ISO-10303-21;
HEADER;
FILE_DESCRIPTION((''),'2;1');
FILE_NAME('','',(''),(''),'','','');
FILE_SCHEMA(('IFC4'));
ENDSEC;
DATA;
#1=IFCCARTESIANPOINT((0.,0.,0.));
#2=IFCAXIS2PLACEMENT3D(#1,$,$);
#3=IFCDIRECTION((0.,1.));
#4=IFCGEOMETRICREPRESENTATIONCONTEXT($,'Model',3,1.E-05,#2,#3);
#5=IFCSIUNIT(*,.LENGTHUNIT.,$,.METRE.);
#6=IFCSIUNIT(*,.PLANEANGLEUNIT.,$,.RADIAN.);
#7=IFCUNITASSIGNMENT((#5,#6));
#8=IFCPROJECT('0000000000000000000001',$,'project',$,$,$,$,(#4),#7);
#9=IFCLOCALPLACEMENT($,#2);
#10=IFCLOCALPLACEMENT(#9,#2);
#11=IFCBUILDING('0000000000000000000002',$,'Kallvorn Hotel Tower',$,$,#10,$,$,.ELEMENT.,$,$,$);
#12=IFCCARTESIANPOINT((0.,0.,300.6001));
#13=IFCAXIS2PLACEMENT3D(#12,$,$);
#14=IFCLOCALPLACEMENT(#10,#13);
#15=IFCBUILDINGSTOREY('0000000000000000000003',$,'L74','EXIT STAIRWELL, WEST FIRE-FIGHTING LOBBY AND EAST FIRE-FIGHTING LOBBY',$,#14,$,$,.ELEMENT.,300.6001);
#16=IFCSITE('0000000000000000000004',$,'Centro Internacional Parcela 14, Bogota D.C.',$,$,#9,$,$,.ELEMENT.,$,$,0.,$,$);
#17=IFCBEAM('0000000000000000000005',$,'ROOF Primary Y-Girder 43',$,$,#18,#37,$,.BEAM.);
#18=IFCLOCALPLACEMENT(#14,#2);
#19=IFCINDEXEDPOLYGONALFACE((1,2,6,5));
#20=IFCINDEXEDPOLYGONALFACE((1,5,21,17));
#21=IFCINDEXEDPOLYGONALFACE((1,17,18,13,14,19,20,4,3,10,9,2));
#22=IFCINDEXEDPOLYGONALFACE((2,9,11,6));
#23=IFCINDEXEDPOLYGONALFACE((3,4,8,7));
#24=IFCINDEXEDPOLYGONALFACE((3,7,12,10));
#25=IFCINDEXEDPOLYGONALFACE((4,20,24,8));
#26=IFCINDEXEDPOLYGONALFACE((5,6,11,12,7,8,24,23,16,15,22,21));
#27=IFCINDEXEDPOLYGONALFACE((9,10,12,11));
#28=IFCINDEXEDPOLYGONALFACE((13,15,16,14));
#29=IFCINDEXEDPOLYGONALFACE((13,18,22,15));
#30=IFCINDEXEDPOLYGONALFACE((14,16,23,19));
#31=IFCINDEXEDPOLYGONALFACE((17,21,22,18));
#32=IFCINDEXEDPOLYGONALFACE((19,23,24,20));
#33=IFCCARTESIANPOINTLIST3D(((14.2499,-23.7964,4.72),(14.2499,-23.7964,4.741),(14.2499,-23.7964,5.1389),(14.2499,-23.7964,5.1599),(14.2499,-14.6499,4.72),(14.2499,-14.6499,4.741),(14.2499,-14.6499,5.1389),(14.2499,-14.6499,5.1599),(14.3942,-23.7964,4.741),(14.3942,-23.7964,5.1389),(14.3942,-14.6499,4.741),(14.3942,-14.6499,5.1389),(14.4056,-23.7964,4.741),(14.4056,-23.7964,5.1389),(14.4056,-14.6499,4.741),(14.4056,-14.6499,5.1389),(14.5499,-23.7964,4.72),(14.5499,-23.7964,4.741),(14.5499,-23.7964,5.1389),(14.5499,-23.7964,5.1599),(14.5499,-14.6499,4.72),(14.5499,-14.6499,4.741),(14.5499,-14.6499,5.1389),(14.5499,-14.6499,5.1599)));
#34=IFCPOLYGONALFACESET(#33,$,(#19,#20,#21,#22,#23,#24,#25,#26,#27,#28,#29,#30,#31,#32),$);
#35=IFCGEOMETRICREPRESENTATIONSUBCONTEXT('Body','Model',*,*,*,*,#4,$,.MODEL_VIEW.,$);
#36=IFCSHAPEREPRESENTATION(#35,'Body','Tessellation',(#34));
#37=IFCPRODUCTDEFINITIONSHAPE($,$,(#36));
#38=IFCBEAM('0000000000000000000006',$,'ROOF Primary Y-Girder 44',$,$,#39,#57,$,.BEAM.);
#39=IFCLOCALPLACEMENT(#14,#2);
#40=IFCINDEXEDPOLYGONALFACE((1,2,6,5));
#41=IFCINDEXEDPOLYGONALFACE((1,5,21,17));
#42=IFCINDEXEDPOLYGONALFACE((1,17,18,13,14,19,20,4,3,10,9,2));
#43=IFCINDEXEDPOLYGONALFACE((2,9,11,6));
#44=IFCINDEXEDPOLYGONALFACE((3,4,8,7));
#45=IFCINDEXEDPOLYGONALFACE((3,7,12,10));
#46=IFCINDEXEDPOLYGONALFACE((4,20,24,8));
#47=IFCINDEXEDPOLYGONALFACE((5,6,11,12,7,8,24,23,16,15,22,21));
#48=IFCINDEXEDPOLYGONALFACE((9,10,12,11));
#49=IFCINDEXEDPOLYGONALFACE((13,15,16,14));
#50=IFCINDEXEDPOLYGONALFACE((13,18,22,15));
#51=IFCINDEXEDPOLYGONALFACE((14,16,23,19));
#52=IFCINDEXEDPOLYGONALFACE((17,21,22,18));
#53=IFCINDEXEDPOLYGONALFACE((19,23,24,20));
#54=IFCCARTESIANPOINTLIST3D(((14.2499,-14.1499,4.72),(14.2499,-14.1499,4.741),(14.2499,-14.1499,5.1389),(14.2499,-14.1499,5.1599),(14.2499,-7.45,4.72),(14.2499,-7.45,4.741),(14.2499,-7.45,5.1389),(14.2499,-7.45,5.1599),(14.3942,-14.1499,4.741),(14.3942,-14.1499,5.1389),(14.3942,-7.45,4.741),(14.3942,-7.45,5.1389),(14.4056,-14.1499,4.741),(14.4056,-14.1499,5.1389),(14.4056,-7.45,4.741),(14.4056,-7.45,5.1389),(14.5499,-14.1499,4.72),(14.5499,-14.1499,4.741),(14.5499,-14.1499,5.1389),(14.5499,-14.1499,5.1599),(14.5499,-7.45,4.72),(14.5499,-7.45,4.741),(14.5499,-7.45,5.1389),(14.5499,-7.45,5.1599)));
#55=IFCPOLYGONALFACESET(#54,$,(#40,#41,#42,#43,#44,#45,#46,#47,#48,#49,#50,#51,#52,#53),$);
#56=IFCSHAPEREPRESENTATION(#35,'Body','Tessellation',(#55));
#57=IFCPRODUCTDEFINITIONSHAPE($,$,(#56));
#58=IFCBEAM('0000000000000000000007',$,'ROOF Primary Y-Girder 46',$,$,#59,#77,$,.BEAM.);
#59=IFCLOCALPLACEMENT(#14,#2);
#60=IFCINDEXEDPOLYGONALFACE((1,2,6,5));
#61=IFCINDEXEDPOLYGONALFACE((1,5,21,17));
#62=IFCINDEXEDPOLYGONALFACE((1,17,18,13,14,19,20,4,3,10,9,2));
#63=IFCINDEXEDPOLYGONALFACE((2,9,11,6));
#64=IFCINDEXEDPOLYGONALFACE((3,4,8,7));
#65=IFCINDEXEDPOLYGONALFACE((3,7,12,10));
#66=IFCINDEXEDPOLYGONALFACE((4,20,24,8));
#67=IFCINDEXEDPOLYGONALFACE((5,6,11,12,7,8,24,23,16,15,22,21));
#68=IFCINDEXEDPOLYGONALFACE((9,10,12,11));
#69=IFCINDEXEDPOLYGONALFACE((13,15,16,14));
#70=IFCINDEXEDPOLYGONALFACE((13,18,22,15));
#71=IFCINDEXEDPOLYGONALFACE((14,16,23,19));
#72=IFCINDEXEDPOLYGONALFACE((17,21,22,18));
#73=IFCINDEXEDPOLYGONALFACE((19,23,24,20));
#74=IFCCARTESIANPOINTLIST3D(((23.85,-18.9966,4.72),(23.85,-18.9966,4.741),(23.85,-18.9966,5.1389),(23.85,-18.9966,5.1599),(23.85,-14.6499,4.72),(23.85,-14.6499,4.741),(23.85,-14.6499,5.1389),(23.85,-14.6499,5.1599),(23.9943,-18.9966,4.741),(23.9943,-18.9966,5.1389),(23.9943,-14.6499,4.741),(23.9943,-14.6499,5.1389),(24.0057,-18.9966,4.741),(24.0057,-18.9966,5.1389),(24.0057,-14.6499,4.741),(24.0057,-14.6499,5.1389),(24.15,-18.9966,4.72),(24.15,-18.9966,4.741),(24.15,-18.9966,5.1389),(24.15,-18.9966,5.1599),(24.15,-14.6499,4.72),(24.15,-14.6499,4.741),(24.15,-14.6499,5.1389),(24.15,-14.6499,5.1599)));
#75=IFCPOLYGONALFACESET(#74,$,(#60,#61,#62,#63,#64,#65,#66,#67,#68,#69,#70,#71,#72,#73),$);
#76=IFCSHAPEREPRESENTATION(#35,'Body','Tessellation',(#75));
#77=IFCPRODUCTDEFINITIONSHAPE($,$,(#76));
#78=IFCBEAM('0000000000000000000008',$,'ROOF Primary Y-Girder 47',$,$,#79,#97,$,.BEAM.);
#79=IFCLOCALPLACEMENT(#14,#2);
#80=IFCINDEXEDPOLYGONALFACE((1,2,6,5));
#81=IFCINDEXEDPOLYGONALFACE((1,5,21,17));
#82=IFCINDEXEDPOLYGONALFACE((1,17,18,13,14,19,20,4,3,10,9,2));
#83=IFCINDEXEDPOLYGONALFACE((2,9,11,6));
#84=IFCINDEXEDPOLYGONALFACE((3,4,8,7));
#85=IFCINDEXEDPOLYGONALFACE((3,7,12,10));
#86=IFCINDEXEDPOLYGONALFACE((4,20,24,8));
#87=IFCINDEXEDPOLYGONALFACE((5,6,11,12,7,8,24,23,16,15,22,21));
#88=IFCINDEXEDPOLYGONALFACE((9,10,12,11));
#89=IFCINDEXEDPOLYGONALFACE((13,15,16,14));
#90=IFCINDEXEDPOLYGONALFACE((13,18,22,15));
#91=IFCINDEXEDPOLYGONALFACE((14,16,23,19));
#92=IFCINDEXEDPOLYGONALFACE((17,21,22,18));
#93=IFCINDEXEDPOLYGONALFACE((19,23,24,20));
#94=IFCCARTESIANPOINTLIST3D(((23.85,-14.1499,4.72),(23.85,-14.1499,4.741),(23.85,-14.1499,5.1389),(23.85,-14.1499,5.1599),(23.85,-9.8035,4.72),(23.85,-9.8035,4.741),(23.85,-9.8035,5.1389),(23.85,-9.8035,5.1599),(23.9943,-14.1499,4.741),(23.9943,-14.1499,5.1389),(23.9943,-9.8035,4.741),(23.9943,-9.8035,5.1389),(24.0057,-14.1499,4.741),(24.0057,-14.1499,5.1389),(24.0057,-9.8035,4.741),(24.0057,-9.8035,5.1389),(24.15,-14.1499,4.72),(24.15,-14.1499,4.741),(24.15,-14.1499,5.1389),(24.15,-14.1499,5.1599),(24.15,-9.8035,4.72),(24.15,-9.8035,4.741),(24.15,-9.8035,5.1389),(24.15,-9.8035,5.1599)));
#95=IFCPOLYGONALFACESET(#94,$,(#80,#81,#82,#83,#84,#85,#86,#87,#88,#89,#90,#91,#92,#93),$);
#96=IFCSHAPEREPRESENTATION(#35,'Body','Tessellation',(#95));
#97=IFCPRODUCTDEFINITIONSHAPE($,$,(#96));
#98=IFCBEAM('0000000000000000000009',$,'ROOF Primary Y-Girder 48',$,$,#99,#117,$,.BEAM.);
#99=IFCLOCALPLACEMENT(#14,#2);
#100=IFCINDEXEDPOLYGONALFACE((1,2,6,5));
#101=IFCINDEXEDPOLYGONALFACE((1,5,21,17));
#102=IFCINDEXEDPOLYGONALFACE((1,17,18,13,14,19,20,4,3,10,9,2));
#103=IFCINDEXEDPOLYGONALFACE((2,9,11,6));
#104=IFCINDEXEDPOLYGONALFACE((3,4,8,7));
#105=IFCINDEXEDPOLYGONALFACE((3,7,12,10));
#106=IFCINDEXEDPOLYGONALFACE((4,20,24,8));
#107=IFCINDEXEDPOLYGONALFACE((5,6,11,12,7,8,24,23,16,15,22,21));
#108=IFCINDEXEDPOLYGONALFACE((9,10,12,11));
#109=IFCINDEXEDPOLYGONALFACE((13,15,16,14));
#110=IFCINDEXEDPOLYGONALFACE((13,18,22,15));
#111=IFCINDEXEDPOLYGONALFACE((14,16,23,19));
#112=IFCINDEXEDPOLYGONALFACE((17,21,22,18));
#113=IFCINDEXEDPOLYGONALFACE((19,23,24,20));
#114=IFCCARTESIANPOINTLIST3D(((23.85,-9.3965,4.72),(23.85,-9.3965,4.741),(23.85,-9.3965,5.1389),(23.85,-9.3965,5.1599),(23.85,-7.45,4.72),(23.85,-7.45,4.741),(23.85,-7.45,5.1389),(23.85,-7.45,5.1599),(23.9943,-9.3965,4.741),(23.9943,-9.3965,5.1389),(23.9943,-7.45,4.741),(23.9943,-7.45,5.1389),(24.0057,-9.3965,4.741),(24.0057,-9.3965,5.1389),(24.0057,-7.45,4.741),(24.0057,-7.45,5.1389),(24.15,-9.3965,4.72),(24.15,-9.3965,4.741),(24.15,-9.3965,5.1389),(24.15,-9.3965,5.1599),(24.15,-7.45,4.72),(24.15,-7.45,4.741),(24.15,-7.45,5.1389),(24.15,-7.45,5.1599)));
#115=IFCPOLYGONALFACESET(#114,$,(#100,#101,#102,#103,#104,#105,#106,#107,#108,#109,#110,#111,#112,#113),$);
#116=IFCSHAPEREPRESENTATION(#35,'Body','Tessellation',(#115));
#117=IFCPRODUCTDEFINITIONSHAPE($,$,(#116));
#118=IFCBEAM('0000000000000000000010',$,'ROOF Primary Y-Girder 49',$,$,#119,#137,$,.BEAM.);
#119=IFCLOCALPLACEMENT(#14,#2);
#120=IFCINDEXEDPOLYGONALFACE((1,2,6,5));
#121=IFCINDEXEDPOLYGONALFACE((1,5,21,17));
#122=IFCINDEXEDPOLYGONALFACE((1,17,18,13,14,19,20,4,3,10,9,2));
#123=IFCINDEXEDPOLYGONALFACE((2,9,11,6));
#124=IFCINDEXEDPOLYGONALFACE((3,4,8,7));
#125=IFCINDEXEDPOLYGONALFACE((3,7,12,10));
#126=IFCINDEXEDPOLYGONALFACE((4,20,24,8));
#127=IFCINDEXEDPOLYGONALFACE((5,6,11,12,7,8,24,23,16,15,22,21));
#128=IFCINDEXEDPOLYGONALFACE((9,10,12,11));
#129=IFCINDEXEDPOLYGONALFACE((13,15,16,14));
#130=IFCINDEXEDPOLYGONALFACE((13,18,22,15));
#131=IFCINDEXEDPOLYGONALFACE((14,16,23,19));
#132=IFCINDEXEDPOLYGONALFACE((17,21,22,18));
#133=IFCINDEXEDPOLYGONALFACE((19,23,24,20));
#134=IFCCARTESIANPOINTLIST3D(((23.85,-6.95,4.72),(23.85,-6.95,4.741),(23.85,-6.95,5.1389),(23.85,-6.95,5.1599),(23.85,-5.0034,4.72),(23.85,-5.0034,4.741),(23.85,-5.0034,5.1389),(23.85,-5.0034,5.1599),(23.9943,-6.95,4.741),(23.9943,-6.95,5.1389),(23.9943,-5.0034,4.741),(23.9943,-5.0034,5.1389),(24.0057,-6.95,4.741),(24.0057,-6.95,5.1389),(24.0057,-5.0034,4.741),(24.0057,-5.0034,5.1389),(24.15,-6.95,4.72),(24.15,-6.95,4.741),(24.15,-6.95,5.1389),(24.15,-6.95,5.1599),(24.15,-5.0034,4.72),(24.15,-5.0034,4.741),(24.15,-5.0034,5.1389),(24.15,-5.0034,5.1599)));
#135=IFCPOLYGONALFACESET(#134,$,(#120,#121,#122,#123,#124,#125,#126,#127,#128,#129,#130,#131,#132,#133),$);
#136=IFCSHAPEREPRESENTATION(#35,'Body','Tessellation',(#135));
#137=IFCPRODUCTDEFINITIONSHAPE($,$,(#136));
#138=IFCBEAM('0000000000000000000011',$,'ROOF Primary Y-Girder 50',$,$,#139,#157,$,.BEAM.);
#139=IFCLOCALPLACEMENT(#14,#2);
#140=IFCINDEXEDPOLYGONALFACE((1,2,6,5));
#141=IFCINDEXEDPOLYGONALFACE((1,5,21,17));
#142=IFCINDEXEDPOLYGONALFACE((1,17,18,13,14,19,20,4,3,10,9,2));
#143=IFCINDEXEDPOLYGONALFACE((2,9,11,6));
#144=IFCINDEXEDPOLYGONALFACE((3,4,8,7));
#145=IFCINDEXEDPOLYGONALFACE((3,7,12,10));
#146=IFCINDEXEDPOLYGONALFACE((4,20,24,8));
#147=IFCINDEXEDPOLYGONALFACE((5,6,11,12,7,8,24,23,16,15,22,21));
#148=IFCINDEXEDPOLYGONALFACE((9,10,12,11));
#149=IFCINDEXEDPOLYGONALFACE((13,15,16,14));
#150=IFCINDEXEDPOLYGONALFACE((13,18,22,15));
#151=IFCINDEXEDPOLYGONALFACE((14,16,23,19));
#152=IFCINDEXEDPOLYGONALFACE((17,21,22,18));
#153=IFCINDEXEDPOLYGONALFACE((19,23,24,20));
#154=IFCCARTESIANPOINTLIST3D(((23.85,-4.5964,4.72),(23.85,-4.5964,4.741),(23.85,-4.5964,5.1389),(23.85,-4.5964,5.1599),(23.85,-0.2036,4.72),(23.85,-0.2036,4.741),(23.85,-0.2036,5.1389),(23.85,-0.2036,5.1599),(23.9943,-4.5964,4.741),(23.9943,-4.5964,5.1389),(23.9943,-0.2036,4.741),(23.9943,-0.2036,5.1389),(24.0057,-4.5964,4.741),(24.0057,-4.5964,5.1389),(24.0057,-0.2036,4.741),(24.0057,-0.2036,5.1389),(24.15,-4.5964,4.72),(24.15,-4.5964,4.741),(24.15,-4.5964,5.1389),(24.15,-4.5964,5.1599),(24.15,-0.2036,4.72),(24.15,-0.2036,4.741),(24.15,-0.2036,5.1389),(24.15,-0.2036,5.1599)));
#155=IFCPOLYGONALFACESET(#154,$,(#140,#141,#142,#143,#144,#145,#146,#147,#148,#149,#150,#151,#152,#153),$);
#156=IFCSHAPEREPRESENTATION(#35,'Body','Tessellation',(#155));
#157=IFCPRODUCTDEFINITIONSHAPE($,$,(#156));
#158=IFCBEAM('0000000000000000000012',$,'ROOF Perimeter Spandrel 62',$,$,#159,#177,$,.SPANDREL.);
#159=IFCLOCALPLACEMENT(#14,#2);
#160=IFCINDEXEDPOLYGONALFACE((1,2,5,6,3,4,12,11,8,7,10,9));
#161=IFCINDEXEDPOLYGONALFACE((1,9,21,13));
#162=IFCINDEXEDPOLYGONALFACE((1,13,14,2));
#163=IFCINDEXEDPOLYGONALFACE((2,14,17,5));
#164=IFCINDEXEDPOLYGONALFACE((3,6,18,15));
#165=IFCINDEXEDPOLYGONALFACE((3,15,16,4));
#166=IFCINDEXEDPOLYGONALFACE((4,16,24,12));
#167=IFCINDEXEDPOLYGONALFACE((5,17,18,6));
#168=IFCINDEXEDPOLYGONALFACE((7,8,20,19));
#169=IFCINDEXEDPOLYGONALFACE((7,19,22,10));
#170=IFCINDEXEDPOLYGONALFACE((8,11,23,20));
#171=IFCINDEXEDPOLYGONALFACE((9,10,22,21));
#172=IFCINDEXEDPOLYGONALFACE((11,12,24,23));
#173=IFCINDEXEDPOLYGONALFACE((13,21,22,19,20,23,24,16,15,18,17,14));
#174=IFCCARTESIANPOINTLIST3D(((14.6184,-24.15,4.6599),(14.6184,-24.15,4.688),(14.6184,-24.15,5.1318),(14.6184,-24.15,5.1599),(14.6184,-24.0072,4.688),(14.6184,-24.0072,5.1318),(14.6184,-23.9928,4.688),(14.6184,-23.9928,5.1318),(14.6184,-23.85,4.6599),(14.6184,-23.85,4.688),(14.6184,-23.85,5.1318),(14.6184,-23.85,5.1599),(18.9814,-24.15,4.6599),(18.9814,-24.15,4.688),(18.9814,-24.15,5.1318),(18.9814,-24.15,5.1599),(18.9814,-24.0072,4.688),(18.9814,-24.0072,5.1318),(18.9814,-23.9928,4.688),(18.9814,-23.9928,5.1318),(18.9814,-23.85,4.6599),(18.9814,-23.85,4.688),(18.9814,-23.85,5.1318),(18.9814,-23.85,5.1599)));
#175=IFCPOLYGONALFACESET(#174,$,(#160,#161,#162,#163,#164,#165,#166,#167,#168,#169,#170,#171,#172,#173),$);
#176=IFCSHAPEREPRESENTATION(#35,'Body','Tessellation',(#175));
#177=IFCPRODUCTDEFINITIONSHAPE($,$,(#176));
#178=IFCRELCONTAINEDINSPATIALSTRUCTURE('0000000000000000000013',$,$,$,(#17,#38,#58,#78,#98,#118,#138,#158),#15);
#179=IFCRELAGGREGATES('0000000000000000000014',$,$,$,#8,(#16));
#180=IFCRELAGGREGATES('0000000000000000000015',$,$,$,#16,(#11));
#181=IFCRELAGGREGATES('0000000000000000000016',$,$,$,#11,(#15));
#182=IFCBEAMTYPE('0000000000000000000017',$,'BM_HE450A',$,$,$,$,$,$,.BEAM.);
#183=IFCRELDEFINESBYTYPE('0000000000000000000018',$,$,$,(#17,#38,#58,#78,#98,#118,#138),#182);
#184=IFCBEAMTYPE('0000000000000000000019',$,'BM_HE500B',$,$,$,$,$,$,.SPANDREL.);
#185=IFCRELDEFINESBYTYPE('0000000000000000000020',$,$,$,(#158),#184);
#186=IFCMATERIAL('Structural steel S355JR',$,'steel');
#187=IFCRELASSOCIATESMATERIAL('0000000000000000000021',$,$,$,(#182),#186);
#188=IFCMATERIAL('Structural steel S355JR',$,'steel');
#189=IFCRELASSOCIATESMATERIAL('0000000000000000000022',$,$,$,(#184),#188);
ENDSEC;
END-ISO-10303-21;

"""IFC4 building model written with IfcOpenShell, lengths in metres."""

from ifc_helpers import new_model, si_unit, direction, frame, origin, origin_2d, place, context, subcontext, project, spatial, i_section, extrude, material, material_profile, profile_set, type_object, element, save


model = new_model("IFC4")

# Units and contexts
model_context = context("Model", 3, precision=1e-05, world=origin(), true_north=direction((0.0, 1.0)))
body_context = subcontext(model_context, "Body", "Model", "MODEL_VIEW")
ifc_project = project(units=[si_unit("LENGTHUNIT", "METRE"), si_unit("PLANEANGLEUNIT", "RADIAN")], contexts=[model_context])

# Site, building, storey
site_placement = place(None, origin())
site = spatial("IfcSite", under=ifc_project, at=site_placement, Name="Centro Internacional Parcela 14, Bogota D.C.", CompositionType="ELEMENT", RefElevation=0.0)
building_placement = place(site_placement, origin())
building = spatial("IfcBuilding", under=site, at=building_placement, Name="Kallvorn Hotel Tower", CompositionType="ELEMENT")
storey_placement = place(building_placement, frame((0.0, 0.0, 300.6001)))
storey = spatial("IfcBuildingStorey", under=building, at=storey_placement, Name="L74", Description="EXIT STAIRWELL, WEST FIRE-FIGHTING LOBBY AND EAST FIRE-FIGHTING LOBBY", CompositionType="ELEMENT", Elevation=300.6001)

# Beams
ifc_material_1 = material(Name="Structural steel S355JR", Category="steel")
ifc_material_profile_1 = material_profile(ifc_material_1, i_section(OverallWidth=0.3, OverallDepth=0.4399, WebThickness=0.0115, FlangeThickness=0.021, at=origin_2d()), Name="HE 450 A")
ifc_profile_set_1 = profile_set([ifc_material_profile_1], Name="Structural steel S355JR")
beam_type_1 = type_object("IfcBeamType", Name="BM_HE450A", PredefinedType="BEAM", material=ifc_profile_set_1)
beam_1_placement = place(storey_placement, frame((14.3999, -23.7964, 4.9399), z_axis=(0.0, 1.0, 0.0), x_axis=(-1.0, 0.0, 0.0)))
element("IfcBeam", 1, at=beam_1_placement, inside=storey, type_object=beam_type_1, Name="ROOF Primary Y-Girder 43", PredefinedType="BEAM", context=body_context, shape_type="SweptSolid", body=[
    extrude(i_section(OverallWidth=0.3, OverallDepth=0.4399, WebThickness=0.0115, FlangeThickness=0.021, at=origin_2d()), origin(), (0.0, 0.0, 1.0), 9.1465),
])
beam_2_placement = place(storey_placement, frame((14.3999, -14.1499, 4.9399), z_axis=(0.0, 1.0, 0.0), x_axis=(-1.0, 0.0, 0.0)))
element("IfcBeam", 2, at=beam_2_placement, inside=storey, type_object=beam_type_1, Name="ROOF Primary Y-Girder 44", PredefinedType="BEAM", context=body_context, shape_type="SweptSolid", body=[
    extrude(i_section(OverallWidth=0.3, OverallDepth=0.4399, WebThickness=0.0115, FlangeThickness=0.021, at=origin_2d()), origin(), (0.0, 0.0, 1.0), 6.7),
])
beam_3_placement = place(storey_placement, frame((24.0, -18.9966, 4.9399), z_axis=(0.0, 1.0, 0.0), x_axis=(-1.0, 0.0, 0.0)))
element("IfcBeam", 3, at=beam_3_placement, inside=storey, type_object=beam_type_1, Name="ROOF Primary Y-Girder 46", PredefinedType="BEAM", context=body_context, shape_type="SweptSolid", body=[
    extrude(i_section(OverallWidth=0.3, OverallDepth=0.4399, WebThickness=0.0115, FlangeThickness=0.021, at=origin_2d()), origin(), (0.0, 0.0, 1.0), 4.3467),
])
beam_4_placement = place(storey_placement, frame((24.0, -14.1499, 4.9399), z_axis=(0.0, 1.0, 0.0), x_axis=(-1.0, 0.0, 0.0)))
element("IfcBeam", 4, at=beam_4_placement, inside=storey, type_object=beam_type_1, Name="ROOF Primary Y-Girder 47", PredefinedType="BEAM", context=body_context, shape_type="SweptSolid", body=[
    extrude(i_section(OverallWidth=0.3, OverallDepth=0.4399, WebThickness=0.0115, FlangeThickness=0.021, at=origin_2d()), origin(), (0.0, 0.0, 1.0), 4.3464),
])
for number, where, z_axis, x_axis, name in (
    (5, (24.0, -9.3965, 4.9399), (0.0, 1.0, 0.0), (-1.0, 0.0, 0.0), "ROOF Primary Y-Girder 48"),
    (6, (24.0, -6.95, 4.9399), (0.0, 1.0, 0.0), (-1.0, 0.0, 0.0), "ROOF Primary Y-Girder 49"),
):
    element("IfcBeam", number, at=place(storey_placement, frame(where, z_axis=z_axis, x_axis=x_axis)), inside=storey, type_object=beam_type_1, Name=name, PredefinedType="BEAM", context=body_context, shape_type="SweptSolid", body=[
        extrude(i_section(OverallWidth=0.3, OverallDepth=0.4399, WebThickness=0.0115, FlangeThickness=0.021, at=origin_2d()), origin(), (0.0, 0.0, 1.0), 1.9465),
    ])
beam_5_placement = place(storey_placement, frame((24.0, -4.5964, 4.9399), z_axis=(0.0, 1.0, 0.0), x_axis=(-1.0, 0.0, 0.0)))
element("IfcBeam", 7, at=beam_5_placement, inside=storey, type_object=beam_type_1, Name="ROOF Primary Y-Girder 50", PredefinedType="BEAM", context=body_context, shape_type="SweptSolid", body=[
    extrude(i_section(OverallWidth=0.3, OverallDepth=0.4399, WebThickness=0.0115, FlangeThickness=0.021, at=origin_2d()), origin(), (0.0, 0.0, 1.0), 4.3928),
])
ifc_material_2 = material(Name="Structural steel S355JR", Category="steel")
ifc_material_profile_2 = material_profile(ifc_material_2, i_section(OverallWidth=0.3, OverallDepth=0.5, WebThickness=0.0144, FlangeThickness=0.0281, at=origin_2d()), Name="HE 500 B")
ifc_profile_set_2 = profile_set([ifc_material_profile_2], Name="Structural steel S355JR")
beam_type_2 = type_object("IfcBeamType", Name="BM_HE500B", PredefinedType="SPANDREL", material=ifc_profile_set_2)
beam_6_placement = place(storey_placement, frame((14.6184, -24.0, 4.9099), z_axis=(1.0, 0.0, 0.0), x_axis=(0.0, 1.0, 0.0)))
element("IfcBeam", 8, at=beam_6_placement, inside=storey, type_object=beam_type_2, Name="ROOF Perimeter Spandrel 62", PredefinedType="SPANDREL", context=body_context, shape_type="SweptSolid", body=[
    extrude(i_section(OverallWidth=0.3, OverallDepth=0.5, WebThickness=0.0144, FlangeThickness=0.0281, at=origin_2d()), origin(), (0.0, 0.0, 1.0), 4.363),
])

save(model, "model.ifc")
